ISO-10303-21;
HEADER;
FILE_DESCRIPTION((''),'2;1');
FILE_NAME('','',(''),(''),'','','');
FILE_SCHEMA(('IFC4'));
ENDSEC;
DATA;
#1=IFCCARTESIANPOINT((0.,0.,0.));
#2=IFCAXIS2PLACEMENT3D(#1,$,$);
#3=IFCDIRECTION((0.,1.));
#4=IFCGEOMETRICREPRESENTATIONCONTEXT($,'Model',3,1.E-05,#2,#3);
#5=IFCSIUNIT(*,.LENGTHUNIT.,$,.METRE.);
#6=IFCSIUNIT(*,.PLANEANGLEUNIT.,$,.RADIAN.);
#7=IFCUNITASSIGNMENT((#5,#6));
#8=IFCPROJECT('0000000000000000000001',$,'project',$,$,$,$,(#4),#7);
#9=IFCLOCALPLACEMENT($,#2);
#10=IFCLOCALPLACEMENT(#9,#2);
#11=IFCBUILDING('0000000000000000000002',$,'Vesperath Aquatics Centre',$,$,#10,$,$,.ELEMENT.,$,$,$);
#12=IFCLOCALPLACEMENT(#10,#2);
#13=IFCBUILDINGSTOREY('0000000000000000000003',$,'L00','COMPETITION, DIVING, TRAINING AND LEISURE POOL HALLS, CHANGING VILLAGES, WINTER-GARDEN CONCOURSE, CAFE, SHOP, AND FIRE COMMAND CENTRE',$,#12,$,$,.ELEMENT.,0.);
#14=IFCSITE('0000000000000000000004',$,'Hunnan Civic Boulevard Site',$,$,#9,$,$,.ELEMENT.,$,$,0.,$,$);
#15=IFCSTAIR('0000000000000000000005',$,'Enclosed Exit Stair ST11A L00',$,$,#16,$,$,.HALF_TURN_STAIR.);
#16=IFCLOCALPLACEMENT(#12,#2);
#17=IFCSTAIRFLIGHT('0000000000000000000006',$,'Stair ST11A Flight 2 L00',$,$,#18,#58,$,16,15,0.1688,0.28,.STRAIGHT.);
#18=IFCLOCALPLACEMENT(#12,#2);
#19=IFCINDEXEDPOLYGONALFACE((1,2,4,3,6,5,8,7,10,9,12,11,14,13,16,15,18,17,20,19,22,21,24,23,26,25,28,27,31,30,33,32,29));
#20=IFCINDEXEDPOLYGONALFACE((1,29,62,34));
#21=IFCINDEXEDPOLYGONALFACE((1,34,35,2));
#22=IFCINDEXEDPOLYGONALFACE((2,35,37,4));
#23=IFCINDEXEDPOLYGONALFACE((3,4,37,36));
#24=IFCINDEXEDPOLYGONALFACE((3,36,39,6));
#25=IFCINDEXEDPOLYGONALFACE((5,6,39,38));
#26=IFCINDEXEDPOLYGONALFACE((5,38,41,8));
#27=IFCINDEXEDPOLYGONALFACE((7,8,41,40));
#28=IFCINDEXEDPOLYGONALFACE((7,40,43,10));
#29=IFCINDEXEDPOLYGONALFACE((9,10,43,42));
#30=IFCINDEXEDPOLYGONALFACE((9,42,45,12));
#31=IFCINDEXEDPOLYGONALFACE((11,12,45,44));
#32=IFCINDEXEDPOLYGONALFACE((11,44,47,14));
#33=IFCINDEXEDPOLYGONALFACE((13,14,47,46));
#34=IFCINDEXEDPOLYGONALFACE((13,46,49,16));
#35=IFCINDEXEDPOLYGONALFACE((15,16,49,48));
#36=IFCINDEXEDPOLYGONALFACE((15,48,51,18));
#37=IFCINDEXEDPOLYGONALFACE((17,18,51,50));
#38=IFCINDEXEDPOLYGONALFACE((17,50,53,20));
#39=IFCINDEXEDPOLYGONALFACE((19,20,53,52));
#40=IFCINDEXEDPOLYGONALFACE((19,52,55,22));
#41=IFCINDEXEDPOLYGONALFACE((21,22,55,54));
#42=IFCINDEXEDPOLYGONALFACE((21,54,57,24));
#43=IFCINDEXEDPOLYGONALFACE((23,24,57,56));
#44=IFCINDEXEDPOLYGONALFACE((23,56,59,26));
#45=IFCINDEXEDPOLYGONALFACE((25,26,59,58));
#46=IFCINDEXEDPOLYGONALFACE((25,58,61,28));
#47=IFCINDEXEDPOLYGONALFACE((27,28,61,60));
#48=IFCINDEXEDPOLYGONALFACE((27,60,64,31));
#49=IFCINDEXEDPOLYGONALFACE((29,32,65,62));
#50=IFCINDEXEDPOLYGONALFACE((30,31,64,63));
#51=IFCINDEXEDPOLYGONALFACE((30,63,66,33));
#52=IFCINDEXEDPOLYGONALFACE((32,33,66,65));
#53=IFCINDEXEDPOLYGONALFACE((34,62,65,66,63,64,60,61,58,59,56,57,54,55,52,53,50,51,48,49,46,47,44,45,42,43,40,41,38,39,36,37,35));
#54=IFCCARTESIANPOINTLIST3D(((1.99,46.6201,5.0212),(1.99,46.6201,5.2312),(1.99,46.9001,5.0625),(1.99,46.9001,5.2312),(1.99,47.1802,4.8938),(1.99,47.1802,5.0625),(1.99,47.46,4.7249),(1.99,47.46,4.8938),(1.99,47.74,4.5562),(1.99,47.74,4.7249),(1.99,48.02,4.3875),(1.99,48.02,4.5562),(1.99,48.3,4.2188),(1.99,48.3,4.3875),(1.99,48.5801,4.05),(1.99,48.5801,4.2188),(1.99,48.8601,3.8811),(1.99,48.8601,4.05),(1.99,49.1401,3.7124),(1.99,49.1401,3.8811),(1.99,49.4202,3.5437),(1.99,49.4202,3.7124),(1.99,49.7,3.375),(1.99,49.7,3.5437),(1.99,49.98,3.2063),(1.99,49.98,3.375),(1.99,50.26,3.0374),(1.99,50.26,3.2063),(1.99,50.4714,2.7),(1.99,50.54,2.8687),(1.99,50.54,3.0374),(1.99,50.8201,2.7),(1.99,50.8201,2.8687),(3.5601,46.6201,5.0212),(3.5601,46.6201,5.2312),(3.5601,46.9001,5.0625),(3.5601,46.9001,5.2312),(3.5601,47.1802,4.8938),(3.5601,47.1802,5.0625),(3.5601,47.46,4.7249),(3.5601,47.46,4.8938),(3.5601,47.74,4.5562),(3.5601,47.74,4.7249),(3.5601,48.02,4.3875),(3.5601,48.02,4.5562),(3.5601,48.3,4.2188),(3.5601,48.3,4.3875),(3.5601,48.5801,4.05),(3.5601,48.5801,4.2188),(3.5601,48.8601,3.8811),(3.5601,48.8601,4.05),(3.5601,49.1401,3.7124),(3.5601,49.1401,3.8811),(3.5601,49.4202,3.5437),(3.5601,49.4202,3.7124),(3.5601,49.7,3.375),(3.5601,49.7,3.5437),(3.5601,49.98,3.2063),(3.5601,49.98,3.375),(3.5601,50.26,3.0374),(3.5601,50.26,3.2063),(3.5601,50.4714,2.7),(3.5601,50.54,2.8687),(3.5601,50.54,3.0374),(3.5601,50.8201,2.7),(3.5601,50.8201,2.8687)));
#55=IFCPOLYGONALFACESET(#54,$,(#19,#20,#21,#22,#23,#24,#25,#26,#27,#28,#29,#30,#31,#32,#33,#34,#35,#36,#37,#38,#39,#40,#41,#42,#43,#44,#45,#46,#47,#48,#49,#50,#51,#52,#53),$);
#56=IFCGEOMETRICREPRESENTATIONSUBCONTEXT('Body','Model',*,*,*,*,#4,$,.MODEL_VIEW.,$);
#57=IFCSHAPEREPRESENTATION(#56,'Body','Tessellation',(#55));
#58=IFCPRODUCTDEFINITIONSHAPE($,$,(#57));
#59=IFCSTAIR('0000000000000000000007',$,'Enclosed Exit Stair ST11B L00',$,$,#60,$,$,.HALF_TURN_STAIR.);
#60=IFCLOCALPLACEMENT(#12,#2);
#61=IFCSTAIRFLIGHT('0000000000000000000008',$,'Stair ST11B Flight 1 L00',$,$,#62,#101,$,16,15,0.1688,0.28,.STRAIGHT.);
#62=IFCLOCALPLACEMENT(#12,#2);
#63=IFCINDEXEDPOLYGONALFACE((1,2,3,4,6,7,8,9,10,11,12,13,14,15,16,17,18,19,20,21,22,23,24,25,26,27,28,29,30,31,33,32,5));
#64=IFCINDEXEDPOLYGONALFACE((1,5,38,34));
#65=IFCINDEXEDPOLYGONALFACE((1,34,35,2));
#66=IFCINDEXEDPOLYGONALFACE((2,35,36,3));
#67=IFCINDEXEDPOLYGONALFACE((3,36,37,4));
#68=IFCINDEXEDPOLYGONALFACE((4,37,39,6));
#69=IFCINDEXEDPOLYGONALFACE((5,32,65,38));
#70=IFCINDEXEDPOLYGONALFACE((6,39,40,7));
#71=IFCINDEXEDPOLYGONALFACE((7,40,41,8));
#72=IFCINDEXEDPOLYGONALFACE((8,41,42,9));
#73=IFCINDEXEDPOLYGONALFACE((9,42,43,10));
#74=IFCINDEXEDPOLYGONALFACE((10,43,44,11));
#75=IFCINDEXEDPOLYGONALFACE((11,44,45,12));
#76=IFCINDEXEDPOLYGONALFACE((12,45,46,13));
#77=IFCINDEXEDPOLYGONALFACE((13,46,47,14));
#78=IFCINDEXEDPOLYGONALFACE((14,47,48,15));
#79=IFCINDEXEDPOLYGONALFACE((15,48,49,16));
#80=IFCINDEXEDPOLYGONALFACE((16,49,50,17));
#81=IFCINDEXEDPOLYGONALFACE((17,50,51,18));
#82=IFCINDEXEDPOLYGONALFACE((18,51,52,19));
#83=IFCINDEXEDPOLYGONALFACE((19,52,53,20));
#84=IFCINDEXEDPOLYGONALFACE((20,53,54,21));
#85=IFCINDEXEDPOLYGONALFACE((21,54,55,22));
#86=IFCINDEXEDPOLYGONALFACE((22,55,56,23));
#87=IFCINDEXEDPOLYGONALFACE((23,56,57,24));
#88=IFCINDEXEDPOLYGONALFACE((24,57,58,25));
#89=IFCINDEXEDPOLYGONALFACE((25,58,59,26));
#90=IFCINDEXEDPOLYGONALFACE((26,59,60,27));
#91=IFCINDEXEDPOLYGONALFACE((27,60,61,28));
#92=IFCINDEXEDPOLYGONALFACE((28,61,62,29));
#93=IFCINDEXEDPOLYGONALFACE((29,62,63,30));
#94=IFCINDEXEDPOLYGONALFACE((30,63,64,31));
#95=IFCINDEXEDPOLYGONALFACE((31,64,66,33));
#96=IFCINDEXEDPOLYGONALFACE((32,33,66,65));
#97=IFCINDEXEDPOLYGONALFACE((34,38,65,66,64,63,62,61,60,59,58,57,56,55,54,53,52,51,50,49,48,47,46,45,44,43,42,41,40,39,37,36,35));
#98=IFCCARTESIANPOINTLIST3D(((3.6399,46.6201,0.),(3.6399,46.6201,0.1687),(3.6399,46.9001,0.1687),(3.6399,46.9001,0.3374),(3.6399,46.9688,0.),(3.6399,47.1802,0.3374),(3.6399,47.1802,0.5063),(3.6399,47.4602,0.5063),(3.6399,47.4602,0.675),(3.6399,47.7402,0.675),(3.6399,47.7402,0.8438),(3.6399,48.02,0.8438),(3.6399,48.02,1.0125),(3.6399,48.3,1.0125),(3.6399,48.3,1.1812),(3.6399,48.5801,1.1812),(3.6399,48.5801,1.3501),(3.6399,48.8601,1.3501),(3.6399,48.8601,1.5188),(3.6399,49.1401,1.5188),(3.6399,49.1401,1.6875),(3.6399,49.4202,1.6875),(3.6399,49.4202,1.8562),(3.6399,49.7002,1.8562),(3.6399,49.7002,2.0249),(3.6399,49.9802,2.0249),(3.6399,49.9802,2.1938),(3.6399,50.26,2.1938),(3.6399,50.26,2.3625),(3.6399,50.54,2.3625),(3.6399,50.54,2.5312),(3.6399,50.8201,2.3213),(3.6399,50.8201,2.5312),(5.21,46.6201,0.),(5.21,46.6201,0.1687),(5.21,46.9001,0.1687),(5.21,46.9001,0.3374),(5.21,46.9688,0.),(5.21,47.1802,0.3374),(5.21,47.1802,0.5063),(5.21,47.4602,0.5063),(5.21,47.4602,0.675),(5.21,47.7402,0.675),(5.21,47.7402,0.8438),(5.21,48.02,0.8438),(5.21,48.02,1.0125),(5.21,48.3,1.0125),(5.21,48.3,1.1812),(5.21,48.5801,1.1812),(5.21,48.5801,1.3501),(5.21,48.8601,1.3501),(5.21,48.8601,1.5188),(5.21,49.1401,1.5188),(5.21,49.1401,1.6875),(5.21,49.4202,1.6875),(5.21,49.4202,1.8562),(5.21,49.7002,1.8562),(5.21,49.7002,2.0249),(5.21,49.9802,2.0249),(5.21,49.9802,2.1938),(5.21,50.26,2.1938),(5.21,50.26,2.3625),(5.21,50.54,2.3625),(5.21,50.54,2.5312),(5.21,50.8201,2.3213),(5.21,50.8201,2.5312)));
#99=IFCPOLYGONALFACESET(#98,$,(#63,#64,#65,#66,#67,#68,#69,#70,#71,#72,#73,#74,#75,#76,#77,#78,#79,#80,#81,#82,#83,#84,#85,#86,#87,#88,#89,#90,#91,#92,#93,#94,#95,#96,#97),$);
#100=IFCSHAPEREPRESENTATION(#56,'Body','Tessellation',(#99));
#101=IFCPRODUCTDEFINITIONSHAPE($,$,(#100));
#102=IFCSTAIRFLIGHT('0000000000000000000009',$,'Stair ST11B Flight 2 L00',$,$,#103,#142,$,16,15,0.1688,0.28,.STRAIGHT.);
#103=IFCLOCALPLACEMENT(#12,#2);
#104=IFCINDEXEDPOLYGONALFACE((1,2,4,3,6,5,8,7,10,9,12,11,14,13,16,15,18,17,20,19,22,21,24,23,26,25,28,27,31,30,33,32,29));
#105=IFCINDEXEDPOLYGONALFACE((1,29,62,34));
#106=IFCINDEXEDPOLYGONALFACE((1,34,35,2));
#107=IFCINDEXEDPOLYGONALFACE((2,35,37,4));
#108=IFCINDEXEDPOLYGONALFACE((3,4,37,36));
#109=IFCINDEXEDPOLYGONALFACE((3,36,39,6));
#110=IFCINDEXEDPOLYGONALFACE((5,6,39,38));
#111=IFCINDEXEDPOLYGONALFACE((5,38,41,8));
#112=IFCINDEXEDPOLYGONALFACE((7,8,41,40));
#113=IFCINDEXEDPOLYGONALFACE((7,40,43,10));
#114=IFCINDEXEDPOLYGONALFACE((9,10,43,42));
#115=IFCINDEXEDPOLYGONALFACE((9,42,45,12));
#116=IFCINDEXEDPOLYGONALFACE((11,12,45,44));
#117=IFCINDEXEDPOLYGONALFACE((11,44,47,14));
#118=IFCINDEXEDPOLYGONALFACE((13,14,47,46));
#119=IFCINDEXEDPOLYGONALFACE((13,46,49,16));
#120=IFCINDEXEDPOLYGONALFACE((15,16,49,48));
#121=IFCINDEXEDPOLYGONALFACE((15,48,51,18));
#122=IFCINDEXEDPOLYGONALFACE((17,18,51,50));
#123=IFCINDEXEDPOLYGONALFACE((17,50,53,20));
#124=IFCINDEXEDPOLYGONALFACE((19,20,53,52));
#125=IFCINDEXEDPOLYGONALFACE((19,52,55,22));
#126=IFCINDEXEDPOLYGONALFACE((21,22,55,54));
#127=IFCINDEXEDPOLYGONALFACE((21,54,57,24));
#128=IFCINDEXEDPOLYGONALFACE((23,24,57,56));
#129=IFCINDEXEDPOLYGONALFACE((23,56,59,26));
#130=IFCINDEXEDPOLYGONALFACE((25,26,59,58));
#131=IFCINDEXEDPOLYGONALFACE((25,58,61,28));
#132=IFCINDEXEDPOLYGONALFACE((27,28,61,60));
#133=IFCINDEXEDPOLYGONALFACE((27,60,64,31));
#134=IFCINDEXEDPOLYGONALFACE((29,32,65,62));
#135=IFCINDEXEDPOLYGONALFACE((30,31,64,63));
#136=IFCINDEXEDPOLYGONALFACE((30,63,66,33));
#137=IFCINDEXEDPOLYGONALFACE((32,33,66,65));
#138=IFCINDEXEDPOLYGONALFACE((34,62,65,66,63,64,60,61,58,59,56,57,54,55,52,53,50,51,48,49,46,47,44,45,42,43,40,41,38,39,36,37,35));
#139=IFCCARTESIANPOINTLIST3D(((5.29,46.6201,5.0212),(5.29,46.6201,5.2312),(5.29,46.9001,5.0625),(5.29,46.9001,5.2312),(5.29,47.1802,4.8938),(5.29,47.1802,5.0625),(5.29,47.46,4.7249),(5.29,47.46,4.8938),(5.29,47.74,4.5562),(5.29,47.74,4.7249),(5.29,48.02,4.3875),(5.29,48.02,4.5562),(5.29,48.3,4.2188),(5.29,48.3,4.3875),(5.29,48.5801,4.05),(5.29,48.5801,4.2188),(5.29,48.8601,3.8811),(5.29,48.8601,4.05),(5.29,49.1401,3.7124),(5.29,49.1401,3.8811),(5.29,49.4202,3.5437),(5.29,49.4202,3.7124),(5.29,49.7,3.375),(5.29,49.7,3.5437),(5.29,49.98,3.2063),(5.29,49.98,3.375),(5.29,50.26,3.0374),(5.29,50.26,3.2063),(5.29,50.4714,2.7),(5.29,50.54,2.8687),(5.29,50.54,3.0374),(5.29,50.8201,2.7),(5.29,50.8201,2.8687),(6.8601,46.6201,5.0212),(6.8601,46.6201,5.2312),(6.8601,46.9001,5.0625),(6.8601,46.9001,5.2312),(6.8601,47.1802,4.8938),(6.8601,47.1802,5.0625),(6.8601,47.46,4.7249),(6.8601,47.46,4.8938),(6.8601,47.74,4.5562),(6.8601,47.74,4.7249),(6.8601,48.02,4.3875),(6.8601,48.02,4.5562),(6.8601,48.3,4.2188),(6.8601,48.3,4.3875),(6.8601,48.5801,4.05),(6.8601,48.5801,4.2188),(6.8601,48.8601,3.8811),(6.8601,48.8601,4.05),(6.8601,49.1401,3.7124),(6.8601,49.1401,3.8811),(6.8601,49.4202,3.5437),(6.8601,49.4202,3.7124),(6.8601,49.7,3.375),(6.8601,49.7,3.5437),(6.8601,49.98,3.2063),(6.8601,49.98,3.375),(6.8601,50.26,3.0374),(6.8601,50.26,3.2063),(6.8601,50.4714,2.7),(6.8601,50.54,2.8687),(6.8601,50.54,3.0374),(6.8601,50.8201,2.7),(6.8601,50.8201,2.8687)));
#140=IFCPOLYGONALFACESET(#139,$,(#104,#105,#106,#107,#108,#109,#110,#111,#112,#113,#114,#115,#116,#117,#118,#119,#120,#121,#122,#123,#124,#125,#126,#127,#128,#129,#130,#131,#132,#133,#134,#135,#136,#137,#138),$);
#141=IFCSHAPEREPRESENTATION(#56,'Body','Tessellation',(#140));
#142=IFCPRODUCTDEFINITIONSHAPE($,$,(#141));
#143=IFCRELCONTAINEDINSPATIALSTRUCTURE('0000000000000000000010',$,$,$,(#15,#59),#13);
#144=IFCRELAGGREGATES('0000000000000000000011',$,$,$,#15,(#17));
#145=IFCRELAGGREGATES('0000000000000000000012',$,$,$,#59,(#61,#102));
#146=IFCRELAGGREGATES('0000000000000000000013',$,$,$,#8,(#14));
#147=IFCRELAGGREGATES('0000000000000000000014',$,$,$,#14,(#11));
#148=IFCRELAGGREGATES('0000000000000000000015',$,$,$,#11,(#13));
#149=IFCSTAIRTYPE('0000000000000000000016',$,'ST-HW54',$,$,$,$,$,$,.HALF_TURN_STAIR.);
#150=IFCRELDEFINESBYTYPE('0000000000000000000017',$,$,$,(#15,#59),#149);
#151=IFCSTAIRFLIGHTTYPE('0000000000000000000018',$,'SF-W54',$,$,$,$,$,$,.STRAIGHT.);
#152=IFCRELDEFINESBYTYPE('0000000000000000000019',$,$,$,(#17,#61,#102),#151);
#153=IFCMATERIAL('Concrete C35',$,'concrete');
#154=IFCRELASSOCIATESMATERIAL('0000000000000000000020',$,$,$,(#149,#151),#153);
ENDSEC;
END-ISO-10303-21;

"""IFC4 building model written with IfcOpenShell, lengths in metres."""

from ifc_helpers import new_model, si_unit, direction, frame, origin, place, context, subcontext, project, spatial, polyline, outline, extrude, material, type_object, element, aggregate, save


model = new_model("IFC4")

# Units and contexts
model_context = context("Model", 3, precision=1e-05, world=origin(), true_north=direction((0.0, 1.0)))
body_context = subcontext(model_context, "Body", "Model", "MODEL_VIEW")
ifc_project = project(units=[si_unit("LENGTHUNIT", "METRE"), si_unit("PLANEANGLEUNIT", "RADIAN")], contexts=[model_context])

# Site, building, storey
site_placement = place(None, origin())
site = spatial("IfcSite", under=ifc_project, at=site_placement, Name="Hunnan Civic Boulevard Site", CompositionType="ELEMENT", RefElevation=0.0)
building_placement = place(site_placement, origin())
building = spatial("IfcBuilding", under=site, at=building_placement, Name="Vesperath Aquatics Centre", CompositionType="ELEMENT")
storey_placement = place(building_placement, origin())
storey = spatial("IfcBuildingStorey", under=building, at=storey_placement, Name="L00", Description="COMPETITION, DIVING, TRAINING AND LEISURE POOL HALLS, CHANGING VILLAGES, WINTER-GARDEN CONCOURSE, CAFE, SHOP, AND FIRE COMMAND CENTRE", CompositionType="ELEMENT", Elevation=0.0)

# Shared definitions
ifc_material_1 = material(Name="Concrete C35", Category="concrete")

# Stairs, stair flights
stair_type = type_object("IfcStairType", Name="ST-HW54", PredefinedType="HALF_TURN_STAIR", material=ifc_material_1)
stair_1_placement = place(storey_placement, origin())
stair_1 = element("IfcStair", 1, at=stair_1_placement, inside=storey, type_object=stair_type, Name="Enclosed Exit Stair ST11A L00", PredefinedType="HALF_TURN_STAIR")
stair_flight_type = type_object("IfcStairFlightType", Name="SF-W54", PredefinedType="STRAIGHT", material=ifc_material_1)
stair_flight_1_placement = place(storey_placement, frame((2.7749, 50.8201, 2.7), z_axis=(0.0, 0.0, 1.0), x_axis=(0.0, -1.0, 0.0)))
stair_flight_1 = element("IfcStairFlight", 2, at=stair_flight_1_placement, type_object=stair_flight_type, Name="Stair ST11A Flight 2 L00", NumberOfRisers=16, NumberOfTreads=15, PredefinedType="STRAIGHT", RiserHeight=0.1688, TreadLength=0.28, context=body_context, shape_type="SweptSolid", body=[
    extrude(outline(polyline([(0.0, 0.0), (0.0, 0.1687), (0.28, 0.1687), (0.28, 0.3374), (0.5601, 0.3374), (0.5601, 0.5063), (0.8401, 0.5063), (0.8401, 0.675), (1.1201, 0.675), (1.1201, 0.8438), (1.3999, 0.8438), (1.3999, 1.0125), (1.6799, 1.0125), (1.6799, 1.1812), (1.96, 1.1812), (1.96, 1.3501), (2.24, 1.3501), (2.24, 1.5188), (2.52, 1.5188), (2.52, 1.6875), (2.8, 1.6875), (2.8, 1.8562), (3.0801, 1.8562), (3.0801, 2.0249), (3.3601, 2.0249), (3.3601, 2.1938), (3.6399, 2.1938), (3.6399, 2.3625), (3.9199, 2.3625), (3.9199, 2.5312), (4.2, 2.5312), (4.2, 2.7), (4.2, 2.3213), (0.3486, 0.0), (0.0, 0.0)])), frame((0.0, 0.7852, 0.0), z_axis=(0.0, -1.0, 0.0), x_axis=(1.0, 0.0, 0.0)), (0.0, 0.0, 1.0), 1.5701),
])
aggregate(stair_1, [stair_flight_1])
stair_2_placement = place(storey_placement, origin())
stair_2 = element("IfcStair", 3, at=stair_2_placement, inside=storey, type_object=stair_type, Name="Enclosed Exit Stair ST11B L00", PredefinedType="HALF_TURN_STAIR")
stair_flight_2_placement = place(storey_placement, frame((4.425, 46.6201, 0.0), z_axis=(0.0, 0.0, 1.0), x_axis=(0.0, 1.0, 0.0)))
stair_flight_2 = element("IfcStairFlight", 4, at=stair_flight_2_placement, type_object=stair_flight_type, Name="Stair ST11B Flight 1 L00", NumberOfRisers=16, NumberOfTreads=15, PredefinedType="STRAIGHT", RiserHeight=0.1688, TreadLength=0.28, context=body_context, shape_type="SweptSolid", body=[
    extrude(outline(polyline([(0.0, 0.0), (0.0, 0.1687), (0.28, 0.1687), (0.28, 0.3374), (0.5601, 0.3374), (0.5601, 0.5063), (0.8401, 0.5063), (0.8401, 0.675), (1.1201, 0.675), (1.1201, 0.8438), (1.3999, 0.8438), (1.3999, 1.0125), (1.6799, 1.0125), (1.6799, 1.1812), (1.96, 1.1812), (1.96, 1.3501), (2.24, 1.3501), (2.24, 1.5188), (2.52, 1.5188), (2.52, 1.6875), (2.8, 1.6875), (2.8, 1.8562), (3.0801, 1.8562), (3.0801, 2.0249), (3.3601, 2.0249), (3.3601, 2.1938), (3.6399, 2.1938), (3.6399, 2.3625), (3.9199, 2.3625), (3.9199, 2.5312), (4.2, 2.5312), (4.2, 2.7), (4.2, 2.3213), (0.3486, 0.0), (0.0, 0.0)])), frame((0.0, 0.7852, 0.0), z_axis=(0.0, -1.0, 0.0), x_axis=(1.0, 0.0, 0.0)), (0.0, 0.0, 1.0), 1.5701),
])
stair_flight_3_placement = place(storey_placement, frame((6.075, 50.8201, 2.7), z_axis=(0.0, 0.0, 1.0), x_axis=(0.0, -1.0, 0.0)))
stair_flight_3 = element("IfcStairFlight", 5, at=stair_flight_3_placement, type_object=stair_flight_type, Name="Stair ST11B Flight 2 L00", NumberOfRisers=16, NumberOfTreads=15, PredefinedType="STRAIGHT", RiserHeight=0.1688, TreadLength=0.28, context=body_context, shape_type="SweptSolid", body=[
    extrude(outline(polyline([(0.0, 0.0), (0.0, 0.1687), (0.28, 0.1687), (0.28, 0.3374), (0.5601, 0.3374), (0.5601, 0.5063), (0.8401, 0.5063), (0.8401, 0.675), (1.1201, 0.675), (1.1201, 0.8438), (1.3999, 0.8438), (1.3999, 1.0125), (1.6799, 1.0125), (1.6799, 1.1812), (1.96, 1.1812), (1.96, 1.3501), (2.24, 1.3501), (2.24, 1.5188), (2.52, 1.5188), (2.52, 1.6875), (2.8, 1.6875), (2.8, 1.8562), (3.0801, 1.8562), (3.0801, 2.0249), (3.3601, 2.0249), (3.3601, 2.1938), (3.6399, 2.1938), (3.6399, 2.3625), (3.9199, 2.3625), (3.9199, 2.5312), (4.2, 2.5312), (4.2, 2.7), (4.2, 2.3213), (0.3486, 0.0), (0.0, 0.0)])), frame((0.0, 0.7852, 0.0), z_axis=(0.0, -1.0, 0.0), x_axis=(1.0, 0.0, 0.0)), (0.0, 0.0, 1.0), 1.5701),
])
aggregate(stair_2, [stair_flight_2, stair_flight_3])

save(model, "model.ifc")
